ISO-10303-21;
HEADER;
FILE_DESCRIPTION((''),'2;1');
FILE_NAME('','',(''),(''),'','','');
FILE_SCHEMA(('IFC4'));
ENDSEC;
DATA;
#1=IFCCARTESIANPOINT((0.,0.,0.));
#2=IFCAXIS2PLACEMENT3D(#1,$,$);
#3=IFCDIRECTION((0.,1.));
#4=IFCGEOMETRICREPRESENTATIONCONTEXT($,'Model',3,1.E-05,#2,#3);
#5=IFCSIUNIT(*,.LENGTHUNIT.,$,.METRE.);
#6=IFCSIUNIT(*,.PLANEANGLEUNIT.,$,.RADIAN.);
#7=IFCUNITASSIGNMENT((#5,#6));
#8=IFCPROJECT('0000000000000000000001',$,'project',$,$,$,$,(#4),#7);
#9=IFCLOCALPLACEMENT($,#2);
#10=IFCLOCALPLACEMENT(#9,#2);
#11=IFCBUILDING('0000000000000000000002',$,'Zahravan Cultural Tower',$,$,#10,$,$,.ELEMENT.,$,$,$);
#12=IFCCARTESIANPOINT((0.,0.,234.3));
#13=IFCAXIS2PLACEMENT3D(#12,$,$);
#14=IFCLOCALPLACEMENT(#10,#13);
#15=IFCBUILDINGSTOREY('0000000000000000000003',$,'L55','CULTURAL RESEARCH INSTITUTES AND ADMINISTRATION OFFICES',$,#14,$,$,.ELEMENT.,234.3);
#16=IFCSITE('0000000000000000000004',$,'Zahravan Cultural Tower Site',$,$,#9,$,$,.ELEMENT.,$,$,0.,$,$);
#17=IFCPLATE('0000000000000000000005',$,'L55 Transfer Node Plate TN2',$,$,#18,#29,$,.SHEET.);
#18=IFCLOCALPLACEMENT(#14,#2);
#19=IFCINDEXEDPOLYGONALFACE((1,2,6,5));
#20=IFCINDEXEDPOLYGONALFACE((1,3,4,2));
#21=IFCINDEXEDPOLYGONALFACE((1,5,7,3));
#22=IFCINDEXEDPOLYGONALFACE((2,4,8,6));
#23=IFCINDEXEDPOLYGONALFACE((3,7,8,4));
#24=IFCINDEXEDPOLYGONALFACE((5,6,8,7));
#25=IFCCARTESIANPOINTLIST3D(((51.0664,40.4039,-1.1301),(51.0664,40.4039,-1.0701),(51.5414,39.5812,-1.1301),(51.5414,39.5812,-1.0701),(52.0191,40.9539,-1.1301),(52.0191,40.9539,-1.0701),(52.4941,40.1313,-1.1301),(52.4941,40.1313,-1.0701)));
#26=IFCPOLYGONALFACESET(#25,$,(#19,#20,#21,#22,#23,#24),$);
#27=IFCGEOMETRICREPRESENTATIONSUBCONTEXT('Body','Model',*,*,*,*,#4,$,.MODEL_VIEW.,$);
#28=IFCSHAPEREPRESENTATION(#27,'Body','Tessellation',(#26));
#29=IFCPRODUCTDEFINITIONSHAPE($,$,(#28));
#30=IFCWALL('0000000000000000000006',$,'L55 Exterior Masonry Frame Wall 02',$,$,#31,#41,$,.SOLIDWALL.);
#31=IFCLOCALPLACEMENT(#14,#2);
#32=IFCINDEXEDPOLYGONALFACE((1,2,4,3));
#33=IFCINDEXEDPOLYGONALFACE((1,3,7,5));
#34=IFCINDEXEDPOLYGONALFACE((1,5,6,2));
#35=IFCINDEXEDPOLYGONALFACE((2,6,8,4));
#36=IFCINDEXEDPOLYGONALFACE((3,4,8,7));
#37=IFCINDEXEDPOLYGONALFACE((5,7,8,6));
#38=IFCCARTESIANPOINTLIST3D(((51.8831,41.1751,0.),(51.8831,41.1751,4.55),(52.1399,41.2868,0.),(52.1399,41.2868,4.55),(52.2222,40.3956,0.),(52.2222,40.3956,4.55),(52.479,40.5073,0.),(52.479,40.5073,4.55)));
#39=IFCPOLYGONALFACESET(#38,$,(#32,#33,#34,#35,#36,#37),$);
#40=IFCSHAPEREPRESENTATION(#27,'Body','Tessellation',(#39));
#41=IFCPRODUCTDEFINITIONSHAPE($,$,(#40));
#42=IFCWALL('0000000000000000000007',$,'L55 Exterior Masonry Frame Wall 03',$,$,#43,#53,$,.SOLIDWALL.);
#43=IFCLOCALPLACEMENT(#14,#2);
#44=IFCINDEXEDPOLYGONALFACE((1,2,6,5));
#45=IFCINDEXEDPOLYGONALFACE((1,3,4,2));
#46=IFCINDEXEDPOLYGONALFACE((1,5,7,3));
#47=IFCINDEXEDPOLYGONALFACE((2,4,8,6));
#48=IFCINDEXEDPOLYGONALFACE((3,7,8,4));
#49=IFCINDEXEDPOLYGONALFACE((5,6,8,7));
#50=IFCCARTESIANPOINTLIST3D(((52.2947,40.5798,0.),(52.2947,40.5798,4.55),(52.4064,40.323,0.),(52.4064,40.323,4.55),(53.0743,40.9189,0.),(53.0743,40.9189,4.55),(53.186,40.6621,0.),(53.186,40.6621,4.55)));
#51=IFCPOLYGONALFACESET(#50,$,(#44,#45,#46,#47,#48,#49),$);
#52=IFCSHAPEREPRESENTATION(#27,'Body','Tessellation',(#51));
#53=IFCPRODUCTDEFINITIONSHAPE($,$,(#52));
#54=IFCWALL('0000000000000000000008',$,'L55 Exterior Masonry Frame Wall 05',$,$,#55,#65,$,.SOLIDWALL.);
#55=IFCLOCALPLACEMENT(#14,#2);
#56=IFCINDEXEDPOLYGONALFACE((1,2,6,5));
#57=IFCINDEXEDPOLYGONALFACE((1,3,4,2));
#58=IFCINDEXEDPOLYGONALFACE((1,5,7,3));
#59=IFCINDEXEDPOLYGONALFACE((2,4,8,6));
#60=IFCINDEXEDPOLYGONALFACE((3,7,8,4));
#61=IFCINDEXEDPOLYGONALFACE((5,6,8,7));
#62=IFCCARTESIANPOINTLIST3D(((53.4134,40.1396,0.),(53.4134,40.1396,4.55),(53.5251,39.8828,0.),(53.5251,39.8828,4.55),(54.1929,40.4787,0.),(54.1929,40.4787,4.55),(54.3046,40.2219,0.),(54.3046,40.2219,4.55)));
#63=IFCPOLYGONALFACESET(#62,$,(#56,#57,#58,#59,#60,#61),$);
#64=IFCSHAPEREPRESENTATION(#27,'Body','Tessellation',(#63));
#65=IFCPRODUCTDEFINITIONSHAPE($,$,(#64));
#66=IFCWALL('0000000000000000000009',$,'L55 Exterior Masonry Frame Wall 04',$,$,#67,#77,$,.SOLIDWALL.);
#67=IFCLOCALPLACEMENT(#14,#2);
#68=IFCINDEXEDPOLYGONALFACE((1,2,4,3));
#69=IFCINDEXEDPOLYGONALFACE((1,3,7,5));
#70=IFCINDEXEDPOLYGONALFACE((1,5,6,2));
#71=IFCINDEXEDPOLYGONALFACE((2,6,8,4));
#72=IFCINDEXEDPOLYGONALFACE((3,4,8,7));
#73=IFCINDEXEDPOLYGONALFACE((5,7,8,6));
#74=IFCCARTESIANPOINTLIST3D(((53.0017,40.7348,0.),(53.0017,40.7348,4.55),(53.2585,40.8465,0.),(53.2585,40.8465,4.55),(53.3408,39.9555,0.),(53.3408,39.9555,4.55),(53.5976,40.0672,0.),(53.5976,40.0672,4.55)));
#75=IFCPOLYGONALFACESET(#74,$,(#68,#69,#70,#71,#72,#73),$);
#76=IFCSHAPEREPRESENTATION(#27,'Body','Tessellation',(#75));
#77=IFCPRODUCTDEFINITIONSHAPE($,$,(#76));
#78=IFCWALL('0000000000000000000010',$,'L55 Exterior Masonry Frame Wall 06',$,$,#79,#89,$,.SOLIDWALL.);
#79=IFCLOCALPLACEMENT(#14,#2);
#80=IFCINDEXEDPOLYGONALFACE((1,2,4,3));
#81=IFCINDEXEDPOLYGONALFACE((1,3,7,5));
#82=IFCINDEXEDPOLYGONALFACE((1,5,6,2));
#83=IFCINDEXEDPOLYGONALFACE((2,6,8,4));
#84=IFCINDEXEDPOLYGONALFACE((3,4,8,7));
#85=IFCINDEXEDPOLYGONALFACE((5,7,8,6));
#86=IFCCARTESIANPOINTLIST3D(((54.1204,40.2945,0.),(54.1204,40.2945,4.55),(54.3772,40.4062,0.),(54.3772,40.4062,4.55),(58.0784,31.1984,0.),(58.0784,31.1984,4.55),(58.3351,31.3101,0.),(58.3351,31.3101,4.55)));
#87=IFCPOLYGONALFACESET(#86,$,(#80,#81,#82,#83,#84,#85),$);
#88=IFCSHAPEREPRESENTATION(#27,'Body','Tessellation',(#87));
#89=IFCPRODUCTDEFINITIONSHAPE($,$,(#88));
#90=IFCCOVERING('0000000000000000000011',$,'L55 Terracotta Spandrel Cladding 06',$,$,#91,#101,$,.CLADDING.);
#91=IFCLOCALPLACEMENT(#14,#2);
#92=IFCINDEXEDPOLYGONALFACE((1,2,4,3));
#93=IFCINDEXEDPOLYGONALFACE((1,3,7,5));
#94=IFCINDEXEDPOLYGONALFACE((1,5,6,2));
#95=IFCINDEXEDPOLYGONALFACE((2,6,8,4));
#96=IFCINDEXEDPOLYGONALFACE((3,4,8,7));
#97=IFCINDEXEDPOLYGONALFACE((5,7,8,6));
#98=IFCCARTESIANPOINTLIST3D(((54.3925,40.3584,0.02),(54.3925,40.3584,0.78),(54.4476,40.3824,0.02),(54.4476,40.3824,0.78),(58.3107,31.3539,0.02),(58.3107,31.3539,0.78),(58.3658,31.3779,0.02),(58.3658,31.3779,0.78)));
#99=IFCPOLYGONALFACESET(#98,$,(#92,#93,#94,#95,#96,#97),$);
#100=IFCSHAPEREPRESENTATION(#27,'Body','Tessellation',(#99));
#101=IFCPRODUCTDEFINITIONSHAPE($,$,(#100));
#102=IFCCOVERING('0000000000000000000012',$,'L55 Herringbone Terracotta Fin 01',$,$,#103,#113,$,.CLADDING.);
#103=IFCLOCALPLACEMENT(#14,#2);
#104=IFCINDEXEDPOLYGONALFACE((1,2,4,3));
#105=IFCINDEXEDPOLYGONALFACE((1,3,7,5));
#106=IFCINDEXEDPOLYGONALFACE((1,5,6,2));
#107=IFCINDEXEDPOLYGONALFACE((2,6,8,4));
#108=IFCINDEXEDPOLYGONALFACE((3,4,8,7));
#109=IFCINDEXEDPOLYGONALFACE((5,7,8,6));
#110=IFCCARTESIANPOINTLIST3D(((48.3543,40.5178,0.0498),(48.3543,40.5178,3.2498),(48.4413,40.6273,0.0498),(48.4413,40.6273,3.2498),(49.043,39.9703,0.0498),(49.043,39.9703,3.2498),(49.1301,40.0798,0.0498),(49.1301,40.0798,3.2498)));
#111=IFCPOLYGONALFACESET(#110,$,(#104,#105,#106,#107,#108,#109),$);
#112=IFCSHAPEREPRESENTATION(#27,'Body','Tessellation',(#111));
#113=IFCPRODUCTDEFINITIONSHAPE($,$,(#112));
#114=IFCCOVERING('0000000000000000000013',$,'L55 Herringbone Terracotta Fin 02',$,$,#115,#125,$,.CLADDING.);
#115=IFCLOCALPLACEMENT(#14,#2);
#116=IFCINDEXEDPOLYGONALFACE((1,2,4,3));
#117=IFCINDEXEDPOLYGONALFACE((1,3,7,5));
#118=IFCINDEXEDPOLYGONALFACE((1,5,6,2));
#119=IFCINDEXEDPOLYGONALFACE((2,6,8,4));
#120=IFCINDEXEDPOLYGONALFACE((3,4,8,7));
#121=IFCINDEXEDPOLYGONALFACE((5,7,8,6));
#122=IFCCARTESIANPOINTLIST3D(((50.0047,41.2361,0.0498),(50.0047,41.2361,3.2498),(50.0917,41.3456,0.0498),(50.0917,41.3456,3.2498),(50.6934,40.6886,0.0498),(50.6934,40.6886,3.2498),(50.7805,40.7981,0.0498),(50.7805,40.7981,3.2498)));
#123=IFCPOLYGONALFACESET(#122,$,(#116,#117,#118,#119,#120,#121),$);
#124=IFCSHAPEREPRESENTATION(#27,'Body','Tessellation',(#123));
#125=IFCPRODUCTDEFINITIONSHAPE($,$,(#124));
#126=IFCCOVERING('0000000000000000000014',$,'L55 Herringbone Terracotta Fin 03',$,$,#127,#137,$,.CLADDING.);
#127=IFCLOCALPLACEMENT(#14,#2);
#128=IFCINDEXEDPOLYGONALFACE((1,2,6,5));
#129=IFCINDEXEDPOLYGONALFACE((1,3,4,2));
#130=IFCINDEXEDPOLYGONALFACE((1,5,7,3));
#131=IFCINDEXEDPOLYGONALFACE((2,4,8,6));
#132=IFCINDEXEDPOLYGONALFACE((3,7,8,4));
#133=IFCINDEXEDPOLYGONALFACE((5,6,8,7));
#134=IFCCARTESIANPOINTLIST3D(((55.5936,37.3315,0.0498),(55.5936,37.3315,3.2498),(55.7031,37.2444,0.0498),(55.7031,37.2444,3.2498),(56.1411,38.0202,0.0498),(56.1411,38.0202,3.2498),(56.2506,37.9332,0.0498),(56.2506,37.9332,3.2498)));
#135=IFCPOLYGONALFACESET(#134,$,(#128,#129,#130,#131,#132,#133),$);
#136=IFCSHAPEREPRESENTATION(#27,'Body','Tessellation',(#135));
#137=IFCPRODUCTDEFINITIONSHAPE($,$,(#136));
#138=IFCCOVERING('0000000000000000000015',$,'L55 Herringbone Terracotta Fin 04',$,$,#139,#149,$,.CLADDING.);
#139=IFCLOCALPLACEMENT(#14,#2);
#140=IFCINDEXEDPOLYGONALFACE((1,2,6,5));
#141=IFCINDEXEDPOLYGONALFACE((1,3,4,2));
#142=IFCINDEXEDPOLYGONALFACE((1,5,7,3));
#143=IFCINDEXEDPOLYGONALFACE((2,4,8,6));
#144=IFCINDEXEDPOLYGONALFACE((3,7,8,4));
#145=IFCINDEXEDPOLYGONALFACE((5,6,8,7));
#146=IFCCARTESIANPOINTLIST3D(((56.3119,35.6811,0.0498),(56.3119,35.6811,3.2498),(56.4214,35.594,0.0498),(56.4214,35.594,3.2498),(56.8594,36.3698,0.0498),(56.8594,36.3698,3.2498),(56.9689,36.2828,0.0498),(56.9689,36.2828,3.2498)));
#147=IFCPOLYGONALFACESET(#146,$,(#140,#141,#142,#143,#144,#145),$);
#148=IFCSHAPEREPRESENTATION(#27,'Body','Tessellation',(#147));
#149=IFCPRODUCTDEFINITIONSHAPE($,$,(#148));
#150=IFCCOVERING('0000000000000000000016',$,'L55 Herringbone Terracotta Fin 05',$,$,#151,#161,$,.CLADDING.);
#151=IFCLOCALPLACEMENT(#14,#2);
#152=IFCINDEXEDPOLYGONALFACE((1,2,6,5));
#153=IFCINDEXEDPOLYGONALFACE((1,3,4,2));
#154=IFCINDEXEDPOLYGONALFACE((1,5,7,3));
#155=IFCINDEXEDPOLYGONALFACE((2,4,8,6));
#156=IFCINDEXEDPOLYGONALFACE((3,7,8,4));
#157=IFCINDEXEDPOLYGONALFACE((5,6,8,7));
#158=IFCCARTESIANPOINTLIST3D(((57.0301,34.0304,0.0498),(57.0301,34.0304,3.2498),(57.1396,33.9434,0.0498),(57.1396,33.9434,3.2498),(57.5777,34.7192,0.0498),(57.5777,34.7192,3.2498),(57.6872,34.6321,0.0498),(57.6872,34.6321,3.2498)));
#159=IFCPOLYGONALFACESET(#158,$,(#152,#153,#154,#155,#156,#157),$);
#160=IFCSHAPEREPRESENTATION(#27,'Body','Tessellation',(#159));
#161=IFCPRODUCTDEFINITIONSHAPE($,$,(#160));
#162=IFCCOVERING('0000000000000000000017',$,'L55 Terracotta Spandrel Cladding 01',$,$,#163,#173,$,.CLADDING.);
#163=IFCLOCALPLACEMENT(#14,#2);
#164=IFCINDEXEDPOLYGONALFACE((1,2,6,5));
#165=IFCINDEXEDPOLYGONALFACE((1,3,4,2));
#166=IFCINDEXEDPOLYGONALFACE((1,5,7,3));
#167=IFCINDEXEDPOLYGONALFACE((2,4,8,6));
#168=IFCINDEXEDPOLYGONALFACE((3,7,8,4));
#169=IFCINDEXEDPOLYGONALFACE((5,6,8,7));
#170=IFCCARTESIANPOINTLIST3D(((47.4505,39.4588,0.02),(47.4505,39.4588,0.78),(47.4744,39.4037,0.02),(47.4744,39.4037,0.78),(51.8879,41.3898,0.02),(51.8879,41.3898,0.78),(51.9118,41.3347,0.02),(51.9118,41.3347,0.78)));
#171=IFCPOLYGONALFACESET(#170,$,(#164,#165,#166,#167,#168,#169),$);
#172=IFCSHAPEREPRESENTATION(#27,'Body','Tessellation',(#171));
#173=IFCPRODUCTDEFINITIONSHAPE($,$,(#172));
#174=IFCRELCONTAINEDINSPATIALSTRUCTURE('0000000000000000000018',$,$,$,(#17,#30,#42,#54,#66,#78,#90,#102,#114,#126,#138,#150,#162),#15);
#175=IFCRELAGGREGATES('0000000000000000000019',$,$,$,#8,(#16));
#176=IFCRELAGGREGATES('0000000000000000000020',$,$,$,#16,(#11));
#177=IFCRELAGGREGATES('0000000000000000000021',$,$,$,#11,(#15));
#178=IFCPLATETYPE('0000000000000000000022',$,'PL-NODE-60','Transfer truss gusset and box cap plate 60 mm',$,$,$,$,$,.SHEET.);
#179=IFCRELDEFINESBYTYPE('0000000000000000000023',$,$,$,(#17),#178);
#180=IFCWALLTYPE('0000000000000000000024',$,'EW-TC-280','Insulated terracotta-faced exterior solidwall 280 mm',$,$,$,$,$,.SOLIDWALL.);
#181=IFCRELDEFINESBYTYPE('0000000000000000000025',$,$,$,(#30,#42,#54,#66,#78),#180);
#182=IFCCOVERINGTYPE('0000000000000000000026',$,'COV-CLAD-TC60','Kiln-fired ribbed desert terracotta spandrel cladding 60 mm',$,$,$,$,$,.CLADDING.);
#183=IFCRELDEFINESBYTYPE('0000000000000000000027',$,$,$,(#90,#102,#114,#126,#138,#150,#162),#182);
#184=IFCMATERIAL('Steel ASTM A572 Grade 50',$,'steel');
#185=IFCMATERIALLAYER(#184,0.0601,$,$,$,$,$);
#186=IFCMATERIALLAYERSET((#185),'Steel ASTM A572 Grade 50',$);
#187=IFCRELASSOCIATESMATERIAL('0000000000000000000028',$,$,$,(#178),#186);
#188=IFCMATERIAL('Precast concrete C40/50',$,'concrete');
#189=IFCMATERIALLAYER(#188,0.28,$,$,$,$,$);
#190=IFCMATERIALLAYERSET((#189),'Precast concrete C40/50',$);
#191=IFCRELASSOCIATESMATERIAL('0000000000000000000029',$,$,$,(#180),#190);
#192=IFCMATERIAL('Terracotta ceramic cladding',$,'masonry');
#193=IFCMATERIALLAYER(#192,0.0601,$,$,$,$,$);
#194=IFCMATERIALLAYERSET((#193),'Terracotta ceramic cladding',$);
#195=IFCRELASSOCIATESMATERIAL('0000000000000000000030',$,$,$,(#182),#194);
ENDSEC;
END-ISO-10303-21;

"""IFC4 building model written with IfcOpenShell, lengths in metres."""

from ifc_helpers import new_model, si_unit, direction, frame, frame_2d, origin, origin_2d, place, context, subcontext, project, spatial, rectangle, extrude, source, transform, mapped, material, layer, layer_set, type_object, element, save


model = new_model("IFC4")

# Units and contexts
model_context = context("Model", 3, precision=1e-05, world=origin(), true_north=direction((0.0, 1.0)))
body_context = subcontext(model_context, "Body", "Model", "MODEL_VIEW")
ifc_project = project(units=[si_unit("LENGTHUNIT", "METRE"), si_unit("PLANEANGLEUNIT", "RADIAN")], contexts=[model_context])

# Site, building, storey
site_placement = place(None, origin())
site = spatial("IfcSite", under=ifc_project, at=site_placement, Name="Zahravan Cultural Tower Site", CompositionType="ELEMENT", RefElevation=0.0)
building_placement = place(site_placement, origin())
building = spatial("IfcBuilding", under=site, at=building_placement, Name="Zahravan Cultural Tower", CompositionType="ELEMENT")
storey_placement = place(building_placement, frame((0.0, 0.0, 234.3)))
storey = spatial("IfcBuildingStorey", under=building, at=storey_placement, Name="L55", Description="CULTURAL RESEARCH INSTITUTES AND ADMINISTRATION OFFICES", CompositionType="ELEMENT", Elevation=234.3)

# Shared definitions
ifc_material_1 = material(Name="Steel ASTM A572 Grade 50", Category="steel")

# Plate
ifc_layer_1 = layer(ifc_material_1, 0.0601)
ifc_layer_set_1 = layer_set([ifc_layer_1], Name="Steel ASTM A572 Grade 50")
plate_type = type_object("IfcPlateType", Name="PL-NODE-60", Description="Transfer truss gusset and box cap plate 60 mm", PredefinedType="SHEET", material=ifc_layer_set_1)
shared_shape_1 = source(origin(), body_context, "Body", "SweptSolid", [
    extrude(rectangle(XDim=1.1001, YDim=0.95, at=origin_2d()), origin(), (0.0, 0.0, 1.0), 0.0601),
])
for number, where, z_axis, x_axis, name in (
    (1, (51.7803, 40.2676, -1.1301), (0.0, 0.0, 1.0), (0.866025, 0.5, 0.0), "L55 Transfer Node Plate TN2"),
):
    element("IfcPlate", number, at=place(storey_placement, frame(where, z_axis=z_axis, x_axis=x_axis)), inside=storey, type_object=plate_type, Name=name, PredefinedType="SHEET", context=body_context, shape_type="MappedRepresentation", body=[
        mapped(shared_shape_1, transform((0.0, 0.0, 0.0), x_axis=(1.0, 0.0, 0.0), y_axis=(0.0, 1.0, 0.0), z_axis=(0.0, 0.0, 1.0), scale=1.0)),
    ])

# Walls
ifc_material_2 = material(Name="Precast concrete C40/50", Category="concrete")
ifc_layer_2 = layer(ifc_material_2, 0.28)
ifc_layer_set_2 = layer_set([ifc_layer_2], Name="Precast concrete C40/50")
wall_type = type_object("IfcWallType", Name="EW-TC-280", Description="Insulated terracotta-faced exterior solidwall 280 mm", PredefinedType="SOLIDWALL", material=ifc_layer_set_2)
shared_shape_2 = source(origin(), body_context, "Body", "SweptSolid", [
    extrude(rectangle(XDim=0.8501, YDim=0.28, at=frame_2d((0.425, 0.0))), origin(), (0.0, 0.0, 1.0), 4.55),
])
for number, where, z_axis, x_axis, name in (
    (2, (52.0115, 41.231, 0.0), (0.0, 0.0, 1.0), (0.398905, -0.916992, 0.0), "L55 Exterior Masonry Frame Wall 02"),
    (3, (52.3506, 40.4514, 0.0), (0.0, 0.0, 1.0), (0.916992, 0.398905, 0.0), "L55 Exterior Masonry Frame Wall 03"),
    (4, (53.4692, 40.0112, 0.0), (0.0, 0.0, 1.0), (0.916992, 0.398905, 0.0), "L55 Exterior Masonry Frame Wall 05"),
):
    element("IfcWall", number, at=place(storey_placement, frame(where, z_axis=z_axis, x_axis=x_axis)), inside=storey, type_object=wall_type, Name=name, PredefinedType="SOLIDWALL", context=body_context, shape_type="MappedRepresentation", body=[
        mapped(shared_shape_2, transform((0.0, 0.0, 0.0), x_axis=(1.0, 0.0, 0.0), y_axis=(0.0, 1.0, 0.0), z_axis=(0.0, 0.0, 1.0), scale=1.0)),
    ])
shared_shape_3 = source(origin(), body_context, "Body", "SweptSolid", [
    extrude(rectangle(XDim=0.8499, YDim=0.28, at=frame_2d((0.4248, 0.0))), origin(), (0.0, 0.0, 1.0), 4.55),
])
wall_1_placement = place(storey_placement, frame((53.1301, 40.7905, 0.0), z_axis=(0.0, 0.0, 1.0), x_axis=(0.39901, -0.916947, 0.0)))
element("IfcWall", 5, at=wall_1_placement, inside=storey, type_object=wall_type, Name="L55 Exterior Masonry Frame Wall 04", PredefinedType="SOLIDWALL", context=body_context, shape_type="MappedRepresentation", body=[
    mapped(shared_shape_3, transform((0.0, 0.0, 0.0), x_axis=(1.0, 0.0, 0.0), y_axis=(0.0, 1.0, 0.0), z_axis=(0.0, 0.0, 1.0), scale=1.0)),
])
shared_shape_4 = source(origin(), body_context, "Body", "SweptSolid", [
    extrude(rectangle(XDim=9.9199, YDim=0.28, at=frame_2d((4.96, 0.0))), origin(), (0.0, 0.0, 1.0), 4.55),
])
wall_2_placement = place(storey_placement, frame((54.2488, 40.3503, 0.0), z_axis=(0.0, 0.0, 1.0), x_axis=(0.398992, -0.916954, 0.0)))
element("IfcWall", 6, at=wall_2_placement, inside=storey, type_object=wall_type, Name="L55 Exterior Masonry Frame Wall 06", PredefinedType="SOLIDWALL", context=body_context, shape_type="MappedRepresentation", body=[
    mapped(shared_shape_4, transform((0.0, 0.0, 0.0), x_axis=(1.0, 0.0, 0.0), y_axis=(0.0, 1.0, 0.0), z_axis=(0.0, 0.0, 1.0), scale=1.0)),
])

# Coverings
ifc_material_3 = material(Name="Terracotta ceramic cladding", Category="masonry")
ifc_layer_3 = layer(ifc_material_3, 0.0601)
ifc_layer_set_3 = layer_set([ifc_layer_3], Name="Terracotta ceramic cladding")
covering_type = type_object("IfcCoveringType", Name="COV-CLAD-TC60", Description="Kiln-fired ribbed desert terracotta spandrel cladding 60 mm", PredefinedType="CLADDING", material=ifc_layer_set_3)
shared_shape_5 = source(origin(), body_context, "Body", "SweptSolid", [
    extrude(rectangle(XDim=9.8201, YDim=0.0601, at=origin_2d()), origin(), (0.0, 0.0, 1.0), 0.76),
])
covering_1_placement = place(storey_placement, frame((56.3792, 35.8682, 0.02), z_axis=(0.0, 0.0, 1.0), x_axis=(0.399005, -0.916949, 0.0)))
element("IfcCovering", 7, at=covering_1_placement, inside=storey, type_object=covering_type, Name="L55 Terracotta Spandrel Cladding 06", PredefinedType="CLADDING", context=body_context, shape_type="MappedRepresentation", body=[
    mapped(shared_shape_5, transform((0.0, 0.0, 0.0), x_axis=(1.0, 0.0, 0.0), y_axis=(0.0, 1.0, 0.0), z_axis=(0.0, 0.0, 1.0), scale=1.0)),
])
shared_shape_6 = source(origin(), body_context, "Body", "SweptSolid", [
    extrude(rectangle(XDim=0.8799, YDim=0.1399, at=origin_2d()), origin(), (0.0, 0.0, 1.0), 3.2),
])
for number, where, z_axis, x_axis, name in (
    (8, (48.7422, 40.2988, 0.0498), (0.0, 0.0, 1.0), (-0.782793, 0.622282, 0.0), "L55 Herringbone Terracotta Fin 01"),
    (9, (50.3926, 41.0171, 0.0498), (0.0, 0.0, 1.0), (-0.782793, 0.622282, 0.0), "L55 Herringbone Terracotta Fin 02"),
    (10, (55.9221, 37.6323, 0.0498), (0.0, 0.0, 1.0), (0.622296, 0.782782, 0.0), "L55 Herringbone Terracotta Fin 03"),
    (11, (56.6404, 35.9819, 0.0498), (0.0, 0.0, 1.0), (0.622296, 0.782782, 0.0), "L55 Herringbone Terracotta Fin 04"),
    (12, (57.3586, 34.3313, 0.0498), (0.0, 0.0, 1.0), (0.622296, 0.782782, 0.0), "L55 Herringbone Terracotta Fin 05"),
):
    element("IfcCovering", number, at=place(storey_placement, frame(where, z_axis=z_axis, x_axis=x_axis)), inside=storey, type_object=covering_type, Name=name, PredefinedType="CLADDING", context=body_context, shape_type="MappedRepresentation", body=[
        mapped(shared_shape_6, transform((0.0, 0.0, 0.0), x_axis=(1.0, 0.0, 0.0), y_axis=(0.0, 1.0, 0.0), z_axis=(0.0, 0.0, 1.0), scale=1.0)),
    ])
shared_shape_7 = source(origin(), body_context, "Body", "SweptSolid", [
    extrude(rectangle(XDim=4.8394, YDim=0.0601, at=origin_2d()), origin(), (0.0, 0.0, 1.0), 0.76),
])
covering_2_placement = place(storey_placement, frame((49.6812, 40.3967, 0.02), z_axis=(0.0, 0.0, 1.0), x_axis=(0.916942, 0.399021, 0.0)))
element("IfcCovering", 13, at=covering_2_placement, inside=storey, type_object=covering_type, Name="L55 Terracotta Spandrel Cladding 01", PredefinedType="CLADDING", context=body_context, shape_type="MappedRepresentation", body=[
    mapped(shared_shape_7, transform((0.0, 0.0, 0.0), x_axis=(1.0, 0.0, 0.0), y_axis=(0.0, 1.0, 0.0), z_axis=(0.0, 0.0, 1.0), scale=1.0)),
])

save(model, "model.ifc")
